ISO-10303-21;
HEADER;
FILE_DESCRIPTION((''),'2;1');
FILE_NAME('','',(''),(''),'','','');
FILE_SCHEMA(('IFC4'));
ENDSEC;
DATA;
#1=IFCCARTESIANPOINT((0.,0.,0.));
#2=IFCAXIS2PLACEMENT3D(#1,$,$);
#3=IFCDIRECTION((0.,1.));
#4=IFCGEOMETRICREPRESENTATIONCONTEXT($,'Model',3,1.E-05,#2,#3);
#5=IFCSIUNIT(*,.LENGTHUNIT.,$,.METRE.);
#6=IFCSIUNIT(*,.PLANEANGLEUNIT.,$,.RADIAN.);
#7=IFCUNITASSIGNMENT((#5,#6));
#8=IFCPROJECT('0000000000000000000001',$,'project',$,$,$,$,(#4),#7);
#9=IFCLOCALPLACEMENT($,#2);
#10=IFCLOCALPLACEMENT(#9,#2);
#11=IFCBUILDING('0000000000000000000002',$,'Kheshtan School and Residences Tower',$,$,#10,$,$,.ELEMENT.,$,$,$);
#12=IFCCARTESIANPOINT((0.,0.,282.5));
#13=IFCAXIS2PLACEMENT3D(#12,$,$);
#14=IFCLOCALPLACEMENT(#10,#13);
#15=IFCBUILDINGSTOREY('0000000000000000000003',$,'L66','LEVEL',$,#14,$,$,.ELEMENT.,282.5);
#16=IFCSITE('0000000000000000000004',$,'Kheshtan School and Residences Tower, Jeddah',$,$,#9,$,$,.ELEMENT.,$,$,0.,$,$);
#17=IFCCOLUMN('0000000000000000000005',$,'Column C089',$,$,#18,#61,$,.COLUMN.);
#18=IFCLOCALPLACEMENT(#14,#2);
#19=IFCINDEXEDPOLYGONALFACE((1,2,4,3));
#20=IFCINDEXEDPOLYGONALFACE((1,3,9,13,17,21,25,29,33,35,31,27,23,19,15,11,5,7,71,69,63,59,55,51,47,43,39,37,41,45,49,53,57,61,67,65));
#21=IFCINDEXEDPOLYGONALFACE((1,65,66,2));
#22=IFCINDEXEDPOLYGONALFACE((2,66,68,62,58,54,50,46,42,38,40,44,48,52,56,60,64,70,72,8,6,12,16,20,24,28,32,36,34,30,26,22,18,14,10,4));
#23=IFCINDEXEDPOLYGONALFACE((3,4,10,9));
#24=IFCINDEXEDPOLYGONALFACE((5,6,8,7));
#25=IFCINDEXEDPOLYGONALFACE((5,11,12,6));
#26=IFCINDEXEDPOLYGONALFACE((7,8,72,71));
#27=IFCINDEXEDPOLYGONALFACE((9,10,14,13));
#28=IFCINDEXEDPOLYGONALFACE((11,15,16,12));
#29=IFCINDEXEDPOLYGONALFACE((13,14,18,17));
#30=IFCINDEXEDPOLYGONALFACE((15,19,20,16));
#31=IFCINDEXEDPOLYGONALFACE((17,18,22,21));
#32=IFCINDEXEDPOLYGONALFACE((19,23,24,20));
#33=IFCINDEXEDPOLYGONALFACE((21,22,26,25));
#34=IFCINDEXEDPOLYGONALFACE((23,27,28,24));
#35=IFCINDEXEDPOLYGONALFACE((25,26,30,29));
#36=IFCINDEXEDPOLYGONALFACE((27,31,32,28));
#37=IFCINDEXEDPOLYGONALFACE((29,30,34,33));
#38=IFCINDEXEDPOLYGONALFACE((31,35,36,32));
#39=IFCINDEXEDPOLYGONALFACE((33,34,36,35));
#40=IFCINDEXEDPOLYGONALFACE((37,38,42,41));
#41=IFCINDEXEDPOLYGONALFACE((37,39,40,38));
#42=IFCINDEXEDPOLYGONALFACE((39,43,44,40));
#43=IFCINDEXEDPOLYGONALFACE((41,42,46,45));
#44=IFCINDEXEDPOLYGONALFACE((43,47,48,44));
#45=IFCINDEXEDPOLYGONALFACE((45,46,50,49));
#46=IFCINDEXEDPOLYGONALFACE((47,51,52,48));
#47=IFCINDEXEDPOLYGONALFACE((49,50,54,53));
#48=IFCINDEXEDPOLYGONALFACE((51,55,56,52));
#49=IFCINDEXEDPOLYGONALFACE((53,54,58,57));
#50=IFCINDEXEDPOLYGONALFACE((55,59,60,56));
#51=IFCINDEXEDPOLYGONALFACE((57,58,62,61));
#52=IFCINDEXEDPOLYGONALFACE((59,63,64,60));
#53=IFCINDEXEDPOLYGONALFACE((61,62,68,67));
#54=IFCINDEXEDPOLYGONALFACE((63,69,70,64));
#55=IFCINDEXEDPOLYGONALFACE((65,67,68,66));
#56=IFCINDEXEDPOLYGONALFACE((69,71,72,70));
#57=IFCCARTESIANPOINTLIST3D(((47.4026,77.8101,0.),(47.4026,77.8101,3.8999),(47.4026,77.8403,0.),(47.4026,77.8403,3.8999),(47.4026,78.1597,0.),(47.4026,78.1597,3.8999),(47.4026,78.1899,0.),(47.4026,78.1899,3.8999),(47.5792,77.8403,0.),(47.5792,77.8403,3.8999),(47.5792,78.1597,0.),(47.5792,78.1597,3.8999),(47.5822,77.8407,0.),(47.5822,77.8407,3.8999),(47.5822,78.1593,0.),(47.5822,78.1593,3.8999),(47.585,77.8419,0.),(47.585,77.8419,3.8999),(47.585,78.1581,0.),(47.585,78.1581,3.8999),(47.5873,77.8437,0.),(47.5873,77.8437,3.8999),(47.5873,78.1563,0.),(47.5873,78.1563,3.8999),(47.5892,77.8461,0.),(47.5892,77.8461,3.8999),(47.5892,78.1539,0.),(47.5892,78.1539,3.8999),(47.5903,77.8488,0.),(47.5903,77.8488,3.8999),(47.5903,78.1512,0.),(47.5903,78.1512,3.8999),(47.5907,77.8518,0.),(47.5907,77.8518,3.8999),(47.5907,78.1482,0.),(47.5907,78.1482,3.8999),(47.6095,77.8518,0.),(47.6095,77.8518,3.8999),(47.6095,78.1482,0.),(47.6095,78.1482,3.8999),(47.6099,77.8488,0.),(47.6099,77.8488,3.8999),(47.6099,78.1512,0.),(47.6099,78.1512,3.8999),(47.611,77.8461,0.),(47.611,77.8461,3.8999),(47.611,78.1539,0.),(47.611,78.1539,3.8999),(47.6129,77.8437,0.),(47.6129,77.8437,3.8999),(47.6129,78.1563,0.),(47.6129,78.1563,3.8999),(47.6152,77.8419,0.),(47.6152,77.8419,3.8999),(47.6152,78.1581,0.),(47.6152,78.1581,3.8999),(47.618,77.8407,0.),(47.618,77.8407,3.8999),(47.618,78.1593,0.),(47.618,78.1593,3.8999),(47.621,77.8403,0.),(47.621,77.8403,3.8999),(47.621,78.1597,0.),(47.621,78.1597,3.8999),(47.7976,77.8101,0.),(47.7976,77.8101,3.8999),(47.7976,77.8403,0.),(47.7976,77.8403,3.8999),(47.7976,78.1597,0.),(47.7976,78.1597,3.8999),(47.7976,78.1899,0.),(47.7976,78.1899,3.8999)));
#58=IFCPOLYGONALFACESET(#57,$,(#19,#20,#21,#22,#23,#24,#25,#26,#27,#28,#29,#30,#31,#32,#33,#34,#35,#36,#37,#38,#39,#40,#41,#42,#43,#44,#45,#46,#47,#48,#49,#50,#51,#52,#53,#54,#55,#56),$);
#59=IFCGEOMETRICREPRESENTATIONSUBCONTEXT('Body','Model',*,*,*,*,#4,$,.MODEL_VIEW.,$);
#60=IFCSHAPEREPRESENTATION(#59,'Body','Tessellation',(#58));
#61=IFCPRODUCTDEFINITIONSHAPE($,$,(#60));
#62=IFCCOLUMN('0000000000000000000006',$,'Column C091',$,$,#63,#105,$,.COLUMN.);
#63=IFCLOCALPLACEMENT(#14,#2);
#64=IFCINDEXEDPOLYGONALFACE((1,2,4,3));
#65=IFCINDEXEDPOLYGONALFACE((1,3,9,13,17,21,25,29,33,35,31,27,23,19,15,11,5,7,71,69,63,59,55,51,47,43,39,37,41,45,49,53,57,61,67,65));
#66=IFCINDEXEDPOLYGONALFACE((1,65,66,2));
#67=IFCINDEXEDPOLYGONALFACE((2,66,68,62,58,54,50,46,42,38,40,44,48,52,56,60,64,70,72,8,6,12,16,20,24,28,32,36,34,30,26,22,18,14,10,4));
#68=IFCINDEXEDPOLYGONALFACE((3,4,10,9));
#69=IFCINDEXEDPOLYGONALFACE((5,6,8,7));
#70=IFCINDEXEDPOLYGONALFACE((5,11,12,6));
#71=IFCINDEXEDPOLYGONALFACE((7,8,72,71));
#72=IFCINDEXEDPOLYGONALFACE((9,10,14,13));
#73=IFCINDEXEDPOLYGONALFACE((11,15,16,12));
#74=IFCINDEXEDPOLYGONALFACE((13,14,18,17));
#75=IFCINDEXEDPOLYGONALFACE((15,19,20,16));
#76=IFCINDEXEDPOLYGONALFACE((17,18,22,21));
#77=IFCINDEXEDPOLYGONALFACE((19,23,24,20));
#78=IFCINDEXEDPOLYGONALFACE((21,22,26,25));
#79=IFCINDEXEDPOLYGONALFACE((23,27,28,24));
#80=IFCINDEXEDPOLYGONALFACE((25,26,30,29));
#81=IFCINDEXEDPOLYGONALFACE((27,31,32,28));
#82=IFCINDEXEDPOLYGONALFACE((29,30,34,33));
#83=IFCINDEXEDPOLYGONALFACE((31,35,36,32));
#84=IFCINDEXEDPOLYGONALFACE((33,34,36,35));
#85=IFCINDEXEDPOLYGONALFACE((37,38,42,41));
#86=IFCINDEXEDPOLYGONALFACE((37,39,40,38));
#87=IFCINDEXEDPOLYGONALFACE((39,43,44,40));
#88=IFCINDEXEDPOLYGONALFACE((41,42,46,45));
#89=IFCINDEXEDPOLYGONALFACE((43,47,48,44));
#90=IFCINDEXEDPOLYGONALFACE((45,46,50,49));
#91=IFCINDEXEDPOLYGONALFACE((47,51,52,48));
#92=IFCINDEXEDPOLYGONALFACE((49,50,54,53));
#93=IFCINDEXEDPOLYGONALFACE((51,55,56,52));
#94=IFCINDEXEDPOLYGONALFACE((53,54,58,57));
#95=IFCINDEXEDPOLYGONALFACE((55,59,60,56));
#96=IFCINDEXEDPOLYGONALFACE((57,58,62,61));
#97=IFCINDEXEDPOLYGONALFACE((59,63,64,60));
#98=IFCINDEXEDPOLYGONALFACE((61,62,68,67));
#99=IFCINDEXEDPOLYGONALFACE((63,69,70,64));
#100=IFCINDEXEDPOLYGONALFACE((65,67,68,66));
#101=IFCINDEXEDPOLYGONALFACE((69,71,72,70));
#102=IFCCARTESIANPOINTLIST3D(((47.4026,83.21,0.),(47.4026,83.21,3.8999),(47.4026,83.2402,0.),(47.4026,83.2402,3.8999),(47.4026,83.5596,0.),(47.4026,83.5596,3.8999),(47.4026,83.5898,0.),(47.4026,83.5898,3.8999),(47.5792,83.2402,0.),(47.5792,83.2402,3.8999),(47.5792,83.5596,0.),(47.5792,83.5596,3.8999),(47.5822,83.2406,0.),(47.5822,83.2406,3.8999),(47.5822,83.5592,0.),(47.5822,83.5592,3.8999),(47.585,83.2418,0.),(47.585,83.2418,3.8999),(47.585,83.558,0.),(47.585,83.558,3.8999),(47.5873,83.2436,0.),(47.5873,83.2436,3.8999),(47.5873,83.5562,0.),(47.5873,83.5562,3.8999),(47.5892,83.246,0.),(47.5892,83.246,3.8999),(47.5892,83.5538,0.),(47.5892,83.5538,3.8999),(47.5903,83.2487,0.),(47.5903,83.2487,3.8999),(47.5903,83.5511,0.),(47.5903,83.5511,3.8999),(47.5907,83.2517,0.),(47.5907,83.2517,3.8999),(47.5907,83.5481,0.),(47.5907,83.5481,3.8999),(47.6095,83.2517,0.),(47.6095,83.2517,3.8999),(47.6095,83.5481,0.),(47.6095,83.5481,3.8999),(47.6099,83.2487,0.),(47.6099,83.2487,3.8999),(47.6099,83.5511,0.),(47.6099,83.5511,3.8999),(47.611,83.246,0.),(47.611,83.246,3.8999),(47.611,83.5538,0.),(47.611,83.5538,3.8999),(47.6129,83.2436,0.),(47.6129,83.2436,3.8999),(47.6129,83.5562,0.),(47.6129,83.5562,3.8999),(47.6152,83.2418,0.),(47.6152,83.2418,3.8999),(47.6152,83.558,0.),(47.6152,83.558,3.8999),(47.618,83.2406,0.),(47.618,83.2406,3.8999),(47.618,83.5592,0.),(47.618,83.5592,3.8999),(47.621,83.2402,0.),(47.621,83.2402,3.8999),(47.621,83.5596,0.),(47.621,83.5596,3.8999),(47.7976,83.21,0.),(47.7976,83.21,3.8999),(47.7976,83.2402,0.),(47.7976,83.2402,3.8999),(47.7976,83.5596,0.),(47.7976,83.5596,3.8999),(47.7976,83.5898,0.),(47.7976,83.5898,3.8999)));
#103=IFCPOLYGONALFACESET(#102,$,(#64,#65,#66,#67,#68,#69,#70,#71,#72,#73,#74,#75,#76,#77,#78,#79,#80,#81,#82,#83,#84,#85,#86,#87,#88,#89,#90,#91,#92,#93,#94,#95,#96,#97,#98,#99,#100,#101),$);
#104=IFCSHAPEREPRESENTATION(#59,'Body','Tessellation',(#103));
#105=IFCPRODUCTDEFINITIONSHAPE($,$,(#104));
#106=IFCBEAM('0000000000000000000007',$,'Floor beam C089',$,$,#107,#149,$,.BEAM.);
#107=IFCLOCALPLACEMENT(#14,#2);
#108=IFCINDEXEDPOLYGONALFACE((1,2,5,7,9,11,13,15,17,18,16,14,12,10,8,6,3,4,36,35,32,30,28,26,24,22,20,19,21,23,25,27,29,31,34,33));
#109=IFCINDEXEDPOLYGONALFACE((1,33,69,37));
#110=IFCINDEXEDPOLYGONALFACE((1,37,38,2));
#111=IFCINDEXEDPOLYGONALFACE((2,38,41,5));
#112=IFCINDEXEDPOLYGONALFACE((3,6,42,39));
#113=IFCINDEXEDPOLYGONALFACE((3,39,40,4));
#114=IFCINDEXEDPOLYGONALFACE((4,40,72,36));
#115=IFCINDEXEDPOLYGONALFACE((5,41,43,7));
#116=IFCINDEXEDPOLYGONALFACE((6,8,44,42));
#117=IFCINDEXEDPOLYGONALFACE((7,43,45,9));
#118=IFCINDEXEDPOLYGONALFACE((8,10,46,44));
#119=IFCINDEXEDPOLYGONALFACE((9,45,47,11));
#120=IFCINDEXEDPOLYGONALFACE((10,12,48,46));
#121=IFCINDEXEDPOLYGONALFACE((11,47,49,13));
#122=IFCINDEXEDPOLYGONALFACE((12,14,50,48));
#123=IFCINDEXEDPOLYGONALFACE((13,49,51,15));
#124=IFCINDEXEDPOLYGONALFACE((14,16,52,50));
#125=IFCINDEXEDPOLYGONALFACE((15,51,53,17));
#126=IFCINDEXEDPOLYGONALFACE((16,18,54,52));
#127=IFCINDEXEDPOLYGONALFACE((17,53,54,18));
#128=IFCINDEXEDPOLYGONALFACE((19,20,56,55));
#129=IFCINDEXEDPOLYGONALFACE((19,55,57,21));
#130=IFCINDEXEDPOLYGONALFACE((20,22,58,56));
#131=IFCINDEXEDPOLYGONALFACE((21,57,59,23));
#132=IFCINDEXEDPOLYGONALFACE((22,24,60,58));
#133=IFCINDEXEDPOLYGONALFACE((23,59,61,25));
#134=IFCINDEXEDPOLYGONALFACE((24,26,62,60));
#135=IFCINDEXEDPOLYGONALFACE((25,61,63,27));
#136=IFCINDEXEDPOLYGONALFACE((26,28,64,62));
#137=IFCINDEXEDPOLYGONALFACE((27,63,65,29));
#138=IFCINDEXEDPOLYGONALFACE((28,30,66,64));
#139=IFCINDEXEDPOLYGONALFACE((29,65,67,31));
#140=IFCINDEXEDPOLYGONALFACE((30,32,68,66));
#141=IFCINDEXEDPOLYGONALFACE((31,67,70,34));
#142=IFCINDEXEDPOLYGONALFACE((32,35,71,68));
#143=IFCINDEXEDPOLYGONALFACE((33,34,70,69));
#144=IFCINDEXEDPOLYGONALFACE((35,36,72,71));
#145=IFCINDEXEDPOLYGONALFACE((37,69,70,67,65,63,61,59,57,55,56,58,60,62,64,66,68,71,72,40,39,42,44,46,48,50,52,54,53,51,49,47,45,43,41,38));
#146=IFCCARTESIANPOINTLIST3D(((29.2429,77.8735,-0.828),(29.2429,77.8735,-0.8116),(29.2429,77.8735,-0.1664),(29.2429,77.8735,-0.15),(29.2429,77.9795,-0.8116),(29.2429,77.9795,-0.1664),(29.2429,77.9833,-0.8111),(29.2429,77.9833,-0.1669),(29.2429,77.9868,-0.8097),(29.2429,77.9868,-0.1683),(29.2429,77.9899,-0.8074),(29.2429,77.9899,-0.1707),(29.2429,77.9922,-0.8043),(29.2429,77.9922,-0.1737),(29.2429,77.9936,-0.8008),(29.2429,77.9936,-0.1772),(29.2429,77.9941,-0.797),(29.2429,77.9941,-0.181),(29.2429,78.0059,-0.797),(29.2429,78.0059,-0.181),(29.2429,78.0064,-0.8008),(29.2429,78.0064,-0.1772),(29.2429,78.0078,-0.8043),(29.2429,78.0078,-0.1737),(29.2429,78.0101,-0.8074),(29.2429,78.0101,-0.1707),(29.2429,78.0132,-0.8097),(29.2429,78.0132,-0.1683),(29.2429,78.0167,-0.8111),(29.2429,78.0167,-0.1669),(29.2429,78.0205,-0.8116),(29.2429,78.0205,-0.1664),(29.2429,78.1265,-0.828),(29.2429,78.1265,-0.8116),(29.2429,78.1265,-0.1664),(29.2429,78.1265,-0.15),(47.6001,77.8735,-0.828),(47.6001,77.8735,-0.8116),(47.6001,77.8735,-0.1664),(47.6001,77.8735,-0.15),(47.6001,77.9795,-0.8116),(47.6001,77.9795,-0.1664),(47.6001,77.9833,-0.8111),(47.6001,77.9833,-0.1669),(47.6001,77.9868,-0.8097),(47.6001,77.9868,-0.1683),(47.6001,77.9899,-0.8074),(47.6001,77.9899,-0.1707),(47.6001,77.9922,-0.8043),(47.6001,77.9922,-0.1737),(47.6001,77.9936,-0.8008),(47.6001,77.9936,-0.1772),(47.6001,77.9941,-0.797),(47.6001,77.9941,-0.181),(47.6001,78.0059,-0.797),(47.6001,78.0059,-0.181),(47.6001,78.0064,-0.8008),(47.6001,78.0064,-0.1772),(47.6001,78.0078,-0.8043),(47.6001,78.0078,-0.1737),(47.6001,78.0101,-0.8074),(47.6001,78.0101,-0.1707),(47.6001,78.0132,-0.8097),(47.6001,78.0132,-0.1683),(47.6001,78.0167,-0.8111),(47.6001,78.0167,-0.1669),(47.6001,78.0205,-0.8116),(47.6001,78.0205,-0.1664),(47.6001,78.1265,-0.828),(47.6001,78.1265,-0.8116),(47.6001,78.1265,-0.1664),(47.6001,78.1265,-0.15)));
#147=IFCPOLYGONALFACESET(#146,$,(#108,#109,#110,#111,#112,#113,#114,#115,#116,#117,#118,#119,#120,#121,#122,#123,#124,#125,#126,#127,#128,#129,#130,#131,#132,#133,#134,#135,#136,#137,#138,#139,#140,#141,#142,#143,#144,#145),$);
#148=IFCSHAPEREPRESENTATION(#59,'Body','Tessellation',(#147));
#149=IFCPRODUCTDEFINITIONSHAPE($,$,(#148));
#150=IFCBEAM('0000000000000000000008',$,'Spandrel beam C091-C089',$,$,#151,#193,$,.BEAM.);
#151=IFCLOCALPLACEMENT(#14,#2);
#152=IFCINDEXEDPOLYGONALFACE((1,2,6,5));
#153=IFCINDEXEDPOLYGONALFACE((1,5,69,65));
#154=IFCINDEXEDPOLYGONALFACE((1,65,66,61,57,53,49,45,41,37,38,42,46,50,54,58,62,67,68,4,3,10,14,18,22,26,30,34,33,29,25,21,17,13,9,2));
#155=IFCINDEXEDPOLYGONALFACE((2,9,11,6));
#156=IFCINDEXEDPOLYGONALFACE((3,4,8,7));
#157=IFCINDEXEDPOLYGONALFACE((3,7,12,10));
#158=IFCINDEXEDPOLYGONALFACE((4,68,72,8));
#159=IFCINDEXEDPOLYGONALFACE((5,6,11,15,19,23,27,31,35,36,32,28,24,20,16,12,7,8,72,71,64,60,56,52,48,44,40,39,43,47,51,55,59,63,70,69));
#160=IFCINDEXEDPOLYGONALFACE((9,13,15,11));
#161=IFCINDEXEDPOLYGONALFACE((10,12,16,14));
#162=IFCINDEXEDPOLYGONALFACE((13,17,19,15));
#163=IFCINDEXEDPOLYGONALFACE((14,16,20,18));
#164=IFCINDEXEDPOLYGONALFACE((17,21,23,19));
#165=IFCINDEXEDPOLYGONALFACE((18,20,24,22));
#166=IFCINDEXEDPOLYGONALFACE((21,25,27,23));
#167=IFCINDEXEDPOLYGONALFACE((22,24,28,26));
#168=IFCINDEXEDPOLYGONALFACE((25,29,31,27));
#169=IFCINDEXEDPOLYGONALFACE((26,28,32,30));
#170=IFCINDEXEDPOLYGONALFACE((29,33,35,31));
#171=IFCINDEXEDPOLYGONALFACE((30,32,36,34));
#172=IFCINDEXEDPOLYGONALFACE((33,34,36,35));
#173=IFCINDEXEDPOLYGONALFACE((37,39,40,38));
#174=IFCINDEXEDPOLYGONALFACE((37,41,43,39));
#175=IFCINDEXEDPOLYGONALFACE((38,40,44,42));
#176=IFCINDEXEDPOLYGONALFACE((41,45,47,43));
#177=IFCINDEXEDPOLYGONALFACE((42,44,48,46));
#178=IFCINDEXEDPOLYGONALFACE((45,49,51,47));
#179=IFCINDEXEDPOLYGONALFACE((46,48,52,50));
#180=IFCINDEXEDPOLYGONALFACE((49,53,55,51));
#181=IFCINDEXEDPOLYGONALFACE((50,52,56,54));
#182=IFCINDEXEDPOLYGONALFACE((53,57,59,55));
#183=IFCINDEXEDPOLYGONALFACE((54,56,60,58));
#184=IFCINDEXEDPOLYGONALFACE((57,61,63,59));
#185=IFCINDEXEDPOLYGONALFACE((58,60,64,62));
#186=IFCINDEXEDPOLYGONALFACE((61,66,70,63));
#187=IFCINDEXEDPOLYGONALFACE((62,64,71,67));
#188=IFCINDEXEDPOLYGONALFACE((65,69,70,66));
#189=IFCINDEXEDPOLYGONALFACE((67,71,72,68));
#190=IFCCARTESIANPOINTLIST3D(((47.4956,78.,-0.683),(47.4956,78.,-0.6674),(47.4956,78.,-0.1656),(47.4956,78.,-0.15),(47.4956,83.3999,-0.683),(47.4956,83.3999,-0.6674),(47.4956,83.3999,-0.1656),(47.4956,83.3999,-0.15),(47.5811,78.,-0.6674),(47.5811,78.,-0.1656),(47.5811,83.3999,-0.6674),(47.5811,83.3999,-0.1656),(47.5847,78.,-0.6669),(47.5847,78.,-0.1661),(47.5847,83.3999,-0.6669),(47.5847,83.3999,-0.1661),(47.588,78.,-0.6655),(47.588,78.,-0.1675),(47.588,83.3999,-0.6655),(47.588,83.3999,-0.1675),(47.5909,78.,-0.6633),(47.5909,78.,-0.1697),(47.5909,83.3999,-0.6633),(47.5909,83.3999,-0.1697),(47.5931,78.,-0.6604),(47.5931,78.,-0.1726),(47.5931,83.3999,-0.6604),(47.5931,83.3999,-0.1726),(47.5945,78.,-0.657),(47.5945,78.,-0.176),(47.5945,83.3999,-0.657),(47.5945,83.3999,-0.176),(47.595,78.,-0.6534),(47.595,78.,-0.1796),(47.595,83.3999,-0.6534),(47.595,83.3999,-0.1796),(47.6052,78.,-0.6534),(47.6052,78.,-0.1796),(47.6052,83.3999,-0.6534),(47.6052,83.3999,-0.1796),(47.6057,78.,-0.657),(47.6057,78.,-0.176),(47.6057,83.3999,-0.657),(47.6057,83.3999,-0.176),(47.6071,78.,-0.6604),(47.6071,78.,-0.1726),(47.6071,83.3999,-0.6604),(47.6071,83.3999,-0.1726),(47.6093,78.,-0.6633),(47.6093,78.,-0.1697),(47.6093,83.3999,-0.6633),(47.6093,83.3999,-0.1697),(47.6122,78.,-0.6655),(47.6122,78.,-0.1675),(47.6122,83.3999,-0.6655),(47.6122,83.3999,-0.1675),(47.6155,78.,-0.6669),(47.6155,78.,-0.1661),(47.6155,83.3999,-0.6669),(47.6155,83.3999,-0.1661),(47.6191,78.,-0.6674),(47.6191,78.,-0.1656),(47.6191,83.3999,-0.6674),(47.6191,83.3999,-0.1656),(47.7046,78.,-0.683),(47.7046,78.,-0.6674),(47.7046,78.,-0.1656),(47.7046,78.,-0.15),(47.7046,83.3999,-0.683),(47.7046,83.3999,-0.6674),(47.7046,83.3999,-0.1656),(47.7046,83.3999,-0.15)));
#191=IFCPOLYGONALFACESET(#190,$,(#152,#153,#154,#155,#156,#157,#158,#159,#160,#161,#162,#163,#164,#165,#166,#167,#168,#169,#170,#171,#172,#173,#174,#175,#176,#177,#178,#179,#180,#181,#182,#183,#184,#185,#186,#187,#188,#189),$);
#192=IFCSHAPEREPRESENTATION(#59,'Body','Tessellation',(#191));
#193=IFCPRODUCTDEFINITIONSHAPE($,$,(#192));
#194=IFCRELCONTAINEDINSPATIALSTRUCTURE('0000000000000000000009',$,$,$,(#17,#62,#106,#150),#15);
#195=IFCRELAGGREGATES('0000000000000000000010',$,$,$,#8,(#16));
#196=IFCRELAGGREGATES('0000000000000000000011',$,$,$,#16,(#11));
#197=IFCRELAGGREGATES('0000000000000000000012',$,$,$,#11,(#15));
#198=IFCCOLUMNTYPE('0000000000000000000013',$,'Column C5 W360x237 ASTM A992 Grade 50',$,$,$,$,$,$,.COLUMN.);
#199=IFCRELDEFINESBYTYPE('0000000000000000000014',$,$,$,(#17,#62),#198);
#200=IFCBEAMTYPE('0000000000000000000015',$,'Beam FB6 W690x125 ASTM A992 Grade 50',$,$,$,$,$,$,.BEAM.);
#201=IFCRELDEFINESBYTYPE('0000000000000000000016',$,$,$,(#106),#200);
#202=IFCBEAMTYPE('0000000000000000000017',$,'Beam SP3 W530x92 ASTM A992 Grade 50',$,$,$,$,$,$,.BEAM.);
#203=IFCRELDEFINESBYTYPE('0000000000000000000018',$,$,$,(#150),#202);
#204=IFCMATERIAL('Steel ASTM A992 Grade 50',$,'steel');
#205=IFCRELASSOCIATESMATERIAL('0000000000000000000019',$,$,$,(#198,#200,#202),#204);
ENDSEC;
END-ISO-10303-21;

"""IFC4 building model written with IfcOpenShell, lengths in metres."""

from ifc_helpers import new_model, si_unit, direction, frame, origin, origin_2d, place, context, subcontext, project, spatial, i_section, extrude, material, material_profile, profile_set, type_object, element, save


model = new_model("IFC4")

# Units and contexts
model_context = context("Model", 3, precision=1e-05, world=origin(), true_north=direction((0.0, 1.0)))
body_context = subcontext(model_context, "Body", "Model", "MODEL_VIEW")
ifc_project = project(units=[si_unit("LENGTHUNIT", "METRE"), si_unit("PLANEANGLEUNIT", "RADIAN")], contexts=[model_context])

# Site, building, storey
site_placement = place(None, origin())
site = spatial("IfcSite", under=ifc_project, at=site_placement, Name="Kheshtan School and Residences Tower, Jeddah", CompositionType="ELEMENT", RefElevation=0.0)
building_placement = place(site_placement, origin())
building = spatial("IfcBuilding", under=site, at=building_placement, Name="Kheshtan School and Residences Tower", CompositionType="ELEMENT")
storey_placement = place(building_placement, frame((0.0, 0.0, 282.5)))
storey = spatial("IfcBuildingStorey", under=building, at=storey_placement, Name="L66", Description="LEVEL", CompositionType="ELEMENT", Elevation=282.5)

# Columns
ifc_material_1 = material(Name="Steel ASTM A992 Grade 50", Category="steel")
ifc_material_profile_1 = material_profile(ifc_material_1, i_section(OverallWidth=0.395, OverallDepth=0.3799, WebThickness=0.0188, FlangeThickness=0.0303, FilletRadius=0.0115, at=origin_2d()), Name="W360x237")
ifc_profile_set_1 = profile_set([ifc_material_profile_1], Name="Steel ASTM A992 Grade 50")
column_type = type_object("IfcColumnType", Name="Column C5 W360x237 ASTM A992 Grade 50", PredefinedType="COLUMN", material=ifc_profile_set_1)
for number, where, z_axis, x_axis, name in (
    (1, (47.6001, 78.0, 0.0), (0.0, 0.0, 1.0), (1.0, 0.0, 0.0), "Column C089"),
    (2, (47.6001, 83.3999, 0.0), (0.0, 0.0, 1.0), (1.0, 0.0, 0.0), "Column C091"),
):
    element("IfcColumn", number, at=place(storey_placement, frame(where, z_axis=z_axis, x_axis=x_axis)), inside=storey, type_object=column_type, Name=name, PredefinedType="COLUMN", context=body_context, shape_type="SweptSolid", body=[
        extrude(i_section(OverallWidth=0.395, OverallDepth=0.3799, WebThickness=0.0188, FlangeThickness=0.0303, FilletRadius=0.0115, at=origin_2d()), origin(), (0.0, 0.0, 1.0), 3.8999),
    ])

# Beams
ifc_material_profile_2 = material_profile(ifc_material_1, i_section(OverallWidth=0.2529, OverallDepth=0.678, WebThickness=0.0117, FlangeThickness=0.0164, FilletRadius=0.0146, at=origin_2d()), Name="W690x125")
ifc_profile_set_2 = profile_set([ifc_material_profile_2], Name="Steel ASTM A992 Grade 50")
beam_type_1 = type_object("IfcBeamType", Name="Beam FB6 W690x125 ASTM A992 Grade 50", PredefinedType="BEAM", material=ifc_profile_set_2)
beam_placement = place(storey_placement, frame((47.6001, 78.0, -0.489), z_axis=(-1.0, 0.0, 0.0), x_axis=(0.0, -1.0, 0.0)))
element("IfcBeam", 3, at=beam_placement, inside=storey, type_object=beam_type_1, Name="Floor beam C089", PredefinedType="BEAM", context=body_context, shape_type="SweptSolid", body=[
    extrude(i_section(OverallWidth=0.2529, OverallDepth=0.678, WebThickness=0.0117, FlangeThickness=0.0164, FilletRadius=0.0146, at=origin_2d()), origin(), (0.0, 0.0, 1.0), 18.3572),
])
ifc_material_profile_3 = material_profile(ifc_material_1, i_section(OverallWidth=0.209, OverallDepth=0.533, WebThickness=0.0103, FlangeThickness=0.0156, FilletRadius=0.0139, at=origin_2d()), Name="W530x92")
ifc_profile_set_3 = profile_set([ifc_material_profile_3], Name="Steel ASTM A992 Grade 50")
beam_type_2 = type_object("IfcBeamType", Name="Beam SP3 W530x92 ASTM A992 Grade 50", PredefinedType="BEAM", material=ifc_profile_set_3)
for number, where, z_axis, x_axis, name in (
    (4, (47.6001, 83.3999, -0.4165), (0.0, -1.0, 0.0), (1.0, 0.0, 0.0), "Spandrel beam C091-C089"),
):
    element("IfcBeam", number, at=place(storey_placement, frame(where, z_axis=z_axis, x_axis=x_axis)), inside=storey, type_object=beam_type_2, Name=name, PredefinedType="BEAM", context=body_context, shape_type="SweptSolid", body=[
        extrude(i_section(OverallWidth=0.209, OverallDepth=0.533, WebThickness=0.0103, FlangeThickness=0.0156, FilletRadius=0.0139, at=origin_2d()), origin(), (0.0, 0.0, 1.0), 5.3999),
    ])

save(model, "model.ifc")
